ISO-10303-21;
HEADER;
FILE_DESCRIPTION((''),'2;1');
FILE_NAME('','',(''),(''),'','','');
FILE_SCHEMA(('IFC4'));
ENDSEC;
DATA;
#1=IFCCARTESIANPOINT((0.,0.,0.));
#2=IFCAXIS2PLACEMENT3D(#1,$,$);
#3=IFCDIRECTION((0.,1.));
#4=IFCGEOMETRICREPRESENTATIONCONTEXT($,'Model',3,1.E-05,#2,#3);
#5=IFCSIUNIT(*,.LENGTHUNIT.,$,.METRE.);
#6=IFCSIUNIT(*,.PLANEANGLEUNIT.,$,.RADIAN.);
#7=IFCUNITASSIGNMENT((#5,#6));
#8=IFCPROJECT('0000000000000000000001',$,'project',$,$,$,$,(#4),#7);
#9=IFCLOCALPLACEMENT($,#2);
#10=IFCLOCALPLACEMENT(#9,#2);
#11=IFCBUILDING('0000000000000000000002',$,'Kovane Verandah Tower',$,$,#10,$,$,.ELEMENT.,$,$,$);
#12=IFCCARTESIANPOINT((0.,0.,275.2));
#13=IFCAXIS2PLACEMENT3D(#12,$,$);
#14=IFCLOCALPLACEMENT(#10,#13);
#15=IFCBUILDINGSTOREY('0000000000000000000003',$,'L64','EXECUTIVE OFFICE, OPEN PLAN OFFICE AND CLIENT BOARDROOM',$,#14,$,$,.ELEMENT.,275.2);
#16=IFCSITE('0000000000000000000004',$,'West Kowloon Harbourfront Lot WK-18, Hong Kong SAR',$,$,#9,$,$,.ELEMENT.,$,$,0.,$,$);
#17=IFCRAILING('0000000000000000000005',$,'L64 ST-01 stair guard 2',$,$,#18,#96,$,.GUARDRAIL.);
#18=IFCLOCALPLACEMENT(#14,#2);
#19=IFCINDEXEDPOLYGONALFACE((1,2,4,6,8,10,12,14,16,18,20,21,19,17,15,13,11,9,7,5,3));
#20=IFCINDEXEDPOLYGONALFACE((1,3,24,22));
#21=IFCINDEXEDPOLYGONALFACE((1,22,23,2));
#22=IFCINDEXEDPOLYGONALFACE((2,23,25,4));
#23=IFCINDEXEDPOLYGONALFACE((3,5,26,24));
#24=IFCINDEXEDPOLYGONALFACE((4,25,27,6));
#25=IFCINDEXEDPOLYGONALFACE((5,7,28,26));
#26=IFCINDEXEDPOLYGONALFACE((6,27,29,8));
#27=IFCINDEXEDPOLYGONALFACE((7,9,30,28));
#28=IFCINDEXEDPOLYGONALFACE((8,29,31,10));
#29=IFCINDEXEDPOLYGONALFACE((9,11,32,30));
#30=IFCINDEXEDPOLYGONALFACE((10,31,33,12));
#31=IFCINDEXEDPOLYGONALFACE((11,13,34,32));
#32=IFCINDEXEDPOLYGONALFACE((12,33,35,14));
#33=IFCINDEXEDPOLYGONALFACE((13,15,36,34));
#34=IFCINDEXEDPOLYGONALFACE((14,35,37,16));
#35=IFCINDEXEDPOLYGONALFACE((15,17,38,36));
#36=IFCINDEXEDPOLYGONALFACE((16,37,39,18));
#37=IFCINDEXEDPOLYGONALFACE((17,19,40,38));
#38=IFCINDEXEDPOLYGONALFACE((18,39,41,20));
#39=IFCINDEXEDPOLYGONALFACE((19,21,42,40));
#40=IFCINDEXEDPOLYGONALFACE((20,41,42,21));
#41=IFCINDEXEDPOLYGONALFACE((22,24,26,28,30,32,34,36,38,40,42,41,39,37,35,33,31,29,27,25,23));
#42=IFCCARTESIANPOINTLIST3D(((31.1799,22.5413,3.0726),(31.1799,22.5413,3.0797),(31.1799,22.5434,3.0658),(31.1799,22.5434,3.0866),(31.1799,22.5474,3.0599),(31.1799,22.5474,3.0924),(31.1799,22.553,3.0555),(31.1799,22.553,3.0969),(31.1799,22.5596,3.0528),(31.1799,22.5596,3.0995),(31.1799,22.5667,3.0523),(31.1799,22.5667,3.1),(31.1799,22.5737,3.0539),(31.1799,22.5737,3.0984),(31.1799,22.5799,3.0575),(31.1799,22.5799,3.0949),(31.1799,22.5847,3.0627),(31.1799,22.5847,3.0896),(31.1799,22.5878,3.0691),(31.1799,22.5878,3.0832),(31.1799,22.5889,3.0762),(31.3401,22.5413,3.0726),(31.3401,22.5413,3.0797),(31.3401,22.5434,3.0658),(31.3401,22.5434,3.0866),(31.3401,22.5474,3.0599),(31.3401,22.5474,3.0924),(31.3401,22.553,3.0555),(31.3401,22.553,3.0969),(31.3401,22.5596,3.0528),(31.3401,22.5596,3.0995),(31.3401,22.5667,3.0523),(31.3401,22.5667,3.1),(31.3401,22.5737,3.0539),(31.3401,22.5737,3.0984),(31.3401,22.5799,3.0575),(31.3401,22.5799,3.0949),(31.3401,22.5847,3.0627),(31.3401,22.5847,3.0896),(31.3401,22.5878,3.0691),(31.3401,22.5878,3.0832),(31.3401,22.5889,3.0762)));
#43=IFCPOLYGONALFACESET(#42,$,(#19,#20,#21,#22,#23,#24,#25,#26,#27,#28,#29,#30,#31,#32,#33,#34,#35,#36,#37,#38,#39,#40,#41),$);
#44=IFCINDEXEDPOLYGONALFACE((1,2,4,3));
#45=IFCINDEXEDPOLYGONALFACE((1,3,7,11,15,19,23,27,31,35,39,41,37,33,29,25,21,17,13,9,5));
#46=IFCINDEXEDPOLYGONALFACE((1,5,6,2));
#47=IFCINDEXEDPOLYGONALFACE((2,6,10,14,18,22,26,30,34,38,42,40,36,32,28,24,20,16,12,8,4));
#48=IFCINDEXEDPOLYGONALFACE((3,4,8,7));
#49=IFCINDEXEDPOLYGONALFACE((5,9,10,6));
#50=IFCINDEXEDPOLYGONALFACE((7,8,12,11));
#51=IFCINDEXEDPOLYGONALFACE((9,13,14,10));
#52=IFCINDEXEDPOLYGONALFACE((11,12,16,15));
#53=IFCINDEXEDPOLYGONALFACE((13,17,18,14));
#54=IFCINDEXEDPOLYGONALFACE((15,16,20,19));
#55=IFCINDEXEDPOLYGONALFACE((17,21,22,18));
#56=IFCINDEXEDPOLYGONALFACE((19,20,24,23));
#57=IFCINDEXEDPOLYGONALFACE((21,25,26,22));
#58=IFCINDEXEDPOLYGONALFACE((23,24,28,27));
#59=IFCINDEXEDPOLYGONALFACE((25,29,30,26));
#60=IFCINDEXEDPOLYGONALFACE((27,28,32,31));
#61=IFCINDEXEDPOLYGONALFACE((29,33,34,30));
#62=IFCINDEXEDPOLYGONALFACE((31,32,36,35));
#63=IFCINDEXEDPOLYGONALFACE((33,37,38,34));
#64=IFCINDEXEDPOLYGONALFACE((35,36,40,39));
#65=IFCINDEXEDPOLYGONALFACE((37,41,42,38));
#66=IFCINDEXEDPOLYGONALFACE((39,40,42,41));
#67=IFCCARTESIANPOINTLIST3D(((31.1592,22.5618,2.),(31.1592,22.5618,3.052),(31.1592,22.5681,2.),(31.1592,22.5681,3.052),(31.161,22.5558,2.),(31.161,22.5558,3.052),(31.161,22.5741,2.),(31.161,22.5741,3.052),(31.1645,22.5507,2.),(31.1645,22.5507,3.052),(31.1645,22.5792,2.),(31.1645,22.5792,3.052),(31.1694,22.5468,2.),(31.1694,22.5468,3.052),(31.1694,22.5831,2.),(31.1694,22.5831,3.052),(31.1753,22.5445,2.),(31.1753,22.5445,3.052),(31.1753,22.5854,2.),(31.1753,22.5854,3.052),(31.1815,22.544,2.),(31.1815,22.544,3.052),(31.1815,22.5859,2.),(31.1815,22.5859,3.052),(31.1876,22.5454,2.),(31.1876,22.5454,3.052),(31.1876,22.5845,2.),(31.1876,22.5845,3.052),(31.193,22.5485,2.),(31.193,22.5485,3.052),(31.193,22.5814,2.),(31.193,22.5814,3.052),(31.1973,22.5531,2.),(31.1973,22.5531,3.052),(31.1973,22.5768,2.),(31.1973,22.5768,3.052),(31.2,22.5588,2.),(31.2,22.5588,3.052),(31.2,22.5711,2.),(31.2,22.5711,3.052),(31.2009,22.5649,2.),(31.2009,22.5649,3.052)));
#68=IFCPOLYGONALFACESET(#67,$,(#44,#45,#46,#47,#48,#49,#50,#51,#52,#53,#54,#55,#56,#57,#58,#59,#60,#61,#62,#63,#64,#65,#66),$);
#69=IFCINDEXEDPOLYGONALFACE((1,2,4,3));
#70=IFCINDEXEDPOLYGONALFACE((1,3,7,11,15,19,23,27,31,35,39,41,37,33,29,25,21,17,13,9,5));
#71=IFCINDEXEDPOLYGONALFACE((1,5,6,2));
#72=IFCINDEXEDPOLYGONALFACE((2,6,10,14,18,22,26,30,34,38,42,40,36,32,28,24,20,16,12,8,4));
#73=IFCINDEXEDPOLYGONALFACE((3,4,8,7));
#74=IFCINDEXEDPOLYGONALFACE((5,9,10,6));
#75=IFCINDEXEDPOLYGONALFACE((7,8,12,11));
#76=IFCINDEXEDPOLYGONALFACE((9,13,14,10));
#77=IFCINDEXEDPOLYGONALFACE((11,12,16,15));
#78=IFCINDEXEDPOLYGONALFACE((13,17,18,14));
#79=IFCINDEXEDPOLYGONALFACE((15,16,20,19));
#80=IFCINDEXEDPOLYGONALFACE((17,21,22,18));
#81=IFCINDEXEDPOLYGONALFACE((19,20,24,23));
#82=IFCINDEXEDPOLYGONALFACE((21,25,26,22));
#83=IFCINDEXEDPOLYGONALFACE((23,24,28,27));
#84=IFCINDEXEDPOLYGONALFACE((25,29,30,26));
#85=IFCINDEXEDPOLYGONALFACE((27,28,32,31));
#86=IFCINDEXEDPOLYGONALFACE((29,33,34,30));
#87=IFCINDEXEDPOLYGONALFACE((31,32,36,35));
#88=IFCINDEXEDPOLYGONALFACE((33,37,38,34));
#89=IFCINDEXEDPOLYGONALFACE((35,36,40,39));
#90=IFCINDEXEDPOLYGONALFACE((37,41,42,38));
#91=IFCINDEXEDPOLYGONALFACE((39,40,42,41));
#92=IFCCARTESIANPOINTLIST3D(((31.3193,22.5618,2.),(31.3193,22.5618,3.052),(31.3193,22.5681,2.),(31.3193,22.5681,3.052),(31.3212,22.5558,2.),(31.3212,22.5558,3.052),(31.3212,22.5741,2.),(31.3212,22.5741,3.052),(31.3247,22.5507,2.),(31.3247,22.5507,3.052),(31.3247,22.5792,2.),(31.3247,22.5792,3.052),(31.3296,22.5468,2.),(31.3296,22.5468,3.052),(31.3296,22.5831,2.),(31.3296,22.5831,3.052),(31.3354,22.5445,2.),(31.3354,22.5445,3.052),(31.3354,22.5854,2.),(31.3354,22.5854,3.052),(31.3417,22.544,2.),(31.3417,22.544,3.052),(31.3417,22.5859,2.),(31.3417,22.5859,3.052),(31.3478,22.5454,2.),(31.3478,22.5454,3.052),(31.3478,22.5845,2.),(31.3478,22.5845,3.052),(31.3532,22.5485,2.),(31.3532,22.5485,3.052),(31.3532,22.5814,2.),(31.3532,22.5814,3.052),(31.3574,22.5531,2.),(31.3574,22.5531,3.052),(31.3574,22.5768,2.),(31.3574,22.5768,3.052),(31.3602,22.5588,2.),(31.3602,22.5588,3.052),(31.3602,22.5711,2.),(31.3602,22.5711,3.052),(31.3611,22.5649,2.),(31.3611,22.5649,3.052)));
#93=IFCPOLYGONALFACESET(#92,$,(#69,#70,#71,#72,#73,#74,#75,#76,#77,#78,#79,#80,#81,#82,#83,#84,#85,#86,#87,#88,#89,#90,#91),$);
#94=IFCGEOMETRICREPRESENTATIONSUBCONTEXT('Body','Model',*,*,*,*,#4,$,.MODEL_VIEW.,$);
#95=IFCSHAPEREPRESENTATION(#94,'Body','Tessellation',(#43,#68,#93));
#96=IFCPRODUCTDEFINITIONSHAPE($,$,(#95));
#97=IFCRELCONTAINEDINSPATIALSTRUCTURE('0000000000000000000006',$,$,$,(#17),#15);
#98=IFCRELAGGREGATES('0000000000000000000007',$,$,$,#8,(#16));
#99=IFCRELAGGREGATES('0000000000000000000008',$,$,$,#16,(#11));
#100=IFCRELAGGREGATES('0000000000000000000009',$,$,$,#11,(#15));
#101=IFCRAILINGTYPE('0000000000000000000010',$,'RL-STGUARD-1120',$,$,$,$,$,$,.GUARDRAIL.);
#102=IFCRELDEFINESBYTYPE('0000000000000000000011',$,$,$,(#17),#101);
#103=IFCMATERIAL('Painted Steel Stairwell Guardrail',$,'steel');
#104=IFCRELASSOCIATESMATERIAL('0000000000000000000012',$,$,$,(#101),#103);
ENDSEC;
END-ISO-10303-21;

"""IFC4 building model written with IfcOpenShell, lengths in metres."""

from ifc_helpers import new_model, si_unit, direction, frame, origin, origin_2d, place, context, subcontext, project, spatial, circle, extrude, material, type_object, element, save


model = new_model("IFC4")

# Units and contexts
model_context = context("Model", 3, precision=1e-05, world=origin(), true_north=direction((0.0, 1.0)))
body_context = subcontext(model_context, "Body", "Model", "MODEL_VIEW")
ifc_project = project(units=[si_unit("LENGTHUNIT", "METRE"), si_unit("PLANEANGLEUNIT", "RADIAN")], contexts=[model_context])

# Site, building, storey
site_placement = place(None, origin())
site = spatial("IfcSite", under=ifc_project, at=site_placement, Name="West Kowloon Harbourfront Lot WK-18, Hong Kong SAR", CompositionType="ELEMENT", RefElevation=0.0)
building_placement = place(site_placement, origin())
building = spatial("IfcBuilding", under=site, at=building_placement, Name="Kovane Verandah Tower", CompositionType="ELEMENT")
storey_placement = place(building_placement, frame((0.0, 0.0, 275.2)))
storey = spatial("IfcBuildingStorey", under=building, at=storey_placement, Name="L64", Description="EXECUTIVE OFFICE, OPEN PLAN OFFICE AND CLIENT BOARDROOM", CompositionType="ELEMENT", Elevation=275.2)

# Railing
ifc_material_1 = material(Name="Painted Steel Stairwell Guardrail", Category="steel")
railing_type_1 = type_object("IfcRailingType", Name="RL-STGUARD-1120", PredefinedType="GUARDRAIL", material=ifc_material_1)
railing_1_placement = place(storey_placement, frame((31.1799, 22.5649, 2.0)))
element("IfcRailing", 1, at=railing_1_placement, inside=storey, type_object=railing_type_1, Name="L64 ST-01 stair guard 2", PredefinedType="GUARDRAIL", context=body_context, shape_type="SweptSolid", body=[
    extrude(circle(Radius=0.0239, at=origin_2d()), frame((0.0, 0.0, 1.0762), z_axis=(1.0, 0.0, 0.0), x_axis=(0.0, 1.0, 0.0)), (0.0, 0.0, 1.0), 0.1602),
    extrude(circle(Radius=0.021, at=origin_2d()), origin(), (0.0, 0.0, 1.0), 1.052),
    extrude(circle(Radius=0.021, at=origin_2d()), frame((0.1602, 0.0, 0.0)), (0.0, 0.0, 1.0), 1.052),
])

save(model, "model.ifc")
